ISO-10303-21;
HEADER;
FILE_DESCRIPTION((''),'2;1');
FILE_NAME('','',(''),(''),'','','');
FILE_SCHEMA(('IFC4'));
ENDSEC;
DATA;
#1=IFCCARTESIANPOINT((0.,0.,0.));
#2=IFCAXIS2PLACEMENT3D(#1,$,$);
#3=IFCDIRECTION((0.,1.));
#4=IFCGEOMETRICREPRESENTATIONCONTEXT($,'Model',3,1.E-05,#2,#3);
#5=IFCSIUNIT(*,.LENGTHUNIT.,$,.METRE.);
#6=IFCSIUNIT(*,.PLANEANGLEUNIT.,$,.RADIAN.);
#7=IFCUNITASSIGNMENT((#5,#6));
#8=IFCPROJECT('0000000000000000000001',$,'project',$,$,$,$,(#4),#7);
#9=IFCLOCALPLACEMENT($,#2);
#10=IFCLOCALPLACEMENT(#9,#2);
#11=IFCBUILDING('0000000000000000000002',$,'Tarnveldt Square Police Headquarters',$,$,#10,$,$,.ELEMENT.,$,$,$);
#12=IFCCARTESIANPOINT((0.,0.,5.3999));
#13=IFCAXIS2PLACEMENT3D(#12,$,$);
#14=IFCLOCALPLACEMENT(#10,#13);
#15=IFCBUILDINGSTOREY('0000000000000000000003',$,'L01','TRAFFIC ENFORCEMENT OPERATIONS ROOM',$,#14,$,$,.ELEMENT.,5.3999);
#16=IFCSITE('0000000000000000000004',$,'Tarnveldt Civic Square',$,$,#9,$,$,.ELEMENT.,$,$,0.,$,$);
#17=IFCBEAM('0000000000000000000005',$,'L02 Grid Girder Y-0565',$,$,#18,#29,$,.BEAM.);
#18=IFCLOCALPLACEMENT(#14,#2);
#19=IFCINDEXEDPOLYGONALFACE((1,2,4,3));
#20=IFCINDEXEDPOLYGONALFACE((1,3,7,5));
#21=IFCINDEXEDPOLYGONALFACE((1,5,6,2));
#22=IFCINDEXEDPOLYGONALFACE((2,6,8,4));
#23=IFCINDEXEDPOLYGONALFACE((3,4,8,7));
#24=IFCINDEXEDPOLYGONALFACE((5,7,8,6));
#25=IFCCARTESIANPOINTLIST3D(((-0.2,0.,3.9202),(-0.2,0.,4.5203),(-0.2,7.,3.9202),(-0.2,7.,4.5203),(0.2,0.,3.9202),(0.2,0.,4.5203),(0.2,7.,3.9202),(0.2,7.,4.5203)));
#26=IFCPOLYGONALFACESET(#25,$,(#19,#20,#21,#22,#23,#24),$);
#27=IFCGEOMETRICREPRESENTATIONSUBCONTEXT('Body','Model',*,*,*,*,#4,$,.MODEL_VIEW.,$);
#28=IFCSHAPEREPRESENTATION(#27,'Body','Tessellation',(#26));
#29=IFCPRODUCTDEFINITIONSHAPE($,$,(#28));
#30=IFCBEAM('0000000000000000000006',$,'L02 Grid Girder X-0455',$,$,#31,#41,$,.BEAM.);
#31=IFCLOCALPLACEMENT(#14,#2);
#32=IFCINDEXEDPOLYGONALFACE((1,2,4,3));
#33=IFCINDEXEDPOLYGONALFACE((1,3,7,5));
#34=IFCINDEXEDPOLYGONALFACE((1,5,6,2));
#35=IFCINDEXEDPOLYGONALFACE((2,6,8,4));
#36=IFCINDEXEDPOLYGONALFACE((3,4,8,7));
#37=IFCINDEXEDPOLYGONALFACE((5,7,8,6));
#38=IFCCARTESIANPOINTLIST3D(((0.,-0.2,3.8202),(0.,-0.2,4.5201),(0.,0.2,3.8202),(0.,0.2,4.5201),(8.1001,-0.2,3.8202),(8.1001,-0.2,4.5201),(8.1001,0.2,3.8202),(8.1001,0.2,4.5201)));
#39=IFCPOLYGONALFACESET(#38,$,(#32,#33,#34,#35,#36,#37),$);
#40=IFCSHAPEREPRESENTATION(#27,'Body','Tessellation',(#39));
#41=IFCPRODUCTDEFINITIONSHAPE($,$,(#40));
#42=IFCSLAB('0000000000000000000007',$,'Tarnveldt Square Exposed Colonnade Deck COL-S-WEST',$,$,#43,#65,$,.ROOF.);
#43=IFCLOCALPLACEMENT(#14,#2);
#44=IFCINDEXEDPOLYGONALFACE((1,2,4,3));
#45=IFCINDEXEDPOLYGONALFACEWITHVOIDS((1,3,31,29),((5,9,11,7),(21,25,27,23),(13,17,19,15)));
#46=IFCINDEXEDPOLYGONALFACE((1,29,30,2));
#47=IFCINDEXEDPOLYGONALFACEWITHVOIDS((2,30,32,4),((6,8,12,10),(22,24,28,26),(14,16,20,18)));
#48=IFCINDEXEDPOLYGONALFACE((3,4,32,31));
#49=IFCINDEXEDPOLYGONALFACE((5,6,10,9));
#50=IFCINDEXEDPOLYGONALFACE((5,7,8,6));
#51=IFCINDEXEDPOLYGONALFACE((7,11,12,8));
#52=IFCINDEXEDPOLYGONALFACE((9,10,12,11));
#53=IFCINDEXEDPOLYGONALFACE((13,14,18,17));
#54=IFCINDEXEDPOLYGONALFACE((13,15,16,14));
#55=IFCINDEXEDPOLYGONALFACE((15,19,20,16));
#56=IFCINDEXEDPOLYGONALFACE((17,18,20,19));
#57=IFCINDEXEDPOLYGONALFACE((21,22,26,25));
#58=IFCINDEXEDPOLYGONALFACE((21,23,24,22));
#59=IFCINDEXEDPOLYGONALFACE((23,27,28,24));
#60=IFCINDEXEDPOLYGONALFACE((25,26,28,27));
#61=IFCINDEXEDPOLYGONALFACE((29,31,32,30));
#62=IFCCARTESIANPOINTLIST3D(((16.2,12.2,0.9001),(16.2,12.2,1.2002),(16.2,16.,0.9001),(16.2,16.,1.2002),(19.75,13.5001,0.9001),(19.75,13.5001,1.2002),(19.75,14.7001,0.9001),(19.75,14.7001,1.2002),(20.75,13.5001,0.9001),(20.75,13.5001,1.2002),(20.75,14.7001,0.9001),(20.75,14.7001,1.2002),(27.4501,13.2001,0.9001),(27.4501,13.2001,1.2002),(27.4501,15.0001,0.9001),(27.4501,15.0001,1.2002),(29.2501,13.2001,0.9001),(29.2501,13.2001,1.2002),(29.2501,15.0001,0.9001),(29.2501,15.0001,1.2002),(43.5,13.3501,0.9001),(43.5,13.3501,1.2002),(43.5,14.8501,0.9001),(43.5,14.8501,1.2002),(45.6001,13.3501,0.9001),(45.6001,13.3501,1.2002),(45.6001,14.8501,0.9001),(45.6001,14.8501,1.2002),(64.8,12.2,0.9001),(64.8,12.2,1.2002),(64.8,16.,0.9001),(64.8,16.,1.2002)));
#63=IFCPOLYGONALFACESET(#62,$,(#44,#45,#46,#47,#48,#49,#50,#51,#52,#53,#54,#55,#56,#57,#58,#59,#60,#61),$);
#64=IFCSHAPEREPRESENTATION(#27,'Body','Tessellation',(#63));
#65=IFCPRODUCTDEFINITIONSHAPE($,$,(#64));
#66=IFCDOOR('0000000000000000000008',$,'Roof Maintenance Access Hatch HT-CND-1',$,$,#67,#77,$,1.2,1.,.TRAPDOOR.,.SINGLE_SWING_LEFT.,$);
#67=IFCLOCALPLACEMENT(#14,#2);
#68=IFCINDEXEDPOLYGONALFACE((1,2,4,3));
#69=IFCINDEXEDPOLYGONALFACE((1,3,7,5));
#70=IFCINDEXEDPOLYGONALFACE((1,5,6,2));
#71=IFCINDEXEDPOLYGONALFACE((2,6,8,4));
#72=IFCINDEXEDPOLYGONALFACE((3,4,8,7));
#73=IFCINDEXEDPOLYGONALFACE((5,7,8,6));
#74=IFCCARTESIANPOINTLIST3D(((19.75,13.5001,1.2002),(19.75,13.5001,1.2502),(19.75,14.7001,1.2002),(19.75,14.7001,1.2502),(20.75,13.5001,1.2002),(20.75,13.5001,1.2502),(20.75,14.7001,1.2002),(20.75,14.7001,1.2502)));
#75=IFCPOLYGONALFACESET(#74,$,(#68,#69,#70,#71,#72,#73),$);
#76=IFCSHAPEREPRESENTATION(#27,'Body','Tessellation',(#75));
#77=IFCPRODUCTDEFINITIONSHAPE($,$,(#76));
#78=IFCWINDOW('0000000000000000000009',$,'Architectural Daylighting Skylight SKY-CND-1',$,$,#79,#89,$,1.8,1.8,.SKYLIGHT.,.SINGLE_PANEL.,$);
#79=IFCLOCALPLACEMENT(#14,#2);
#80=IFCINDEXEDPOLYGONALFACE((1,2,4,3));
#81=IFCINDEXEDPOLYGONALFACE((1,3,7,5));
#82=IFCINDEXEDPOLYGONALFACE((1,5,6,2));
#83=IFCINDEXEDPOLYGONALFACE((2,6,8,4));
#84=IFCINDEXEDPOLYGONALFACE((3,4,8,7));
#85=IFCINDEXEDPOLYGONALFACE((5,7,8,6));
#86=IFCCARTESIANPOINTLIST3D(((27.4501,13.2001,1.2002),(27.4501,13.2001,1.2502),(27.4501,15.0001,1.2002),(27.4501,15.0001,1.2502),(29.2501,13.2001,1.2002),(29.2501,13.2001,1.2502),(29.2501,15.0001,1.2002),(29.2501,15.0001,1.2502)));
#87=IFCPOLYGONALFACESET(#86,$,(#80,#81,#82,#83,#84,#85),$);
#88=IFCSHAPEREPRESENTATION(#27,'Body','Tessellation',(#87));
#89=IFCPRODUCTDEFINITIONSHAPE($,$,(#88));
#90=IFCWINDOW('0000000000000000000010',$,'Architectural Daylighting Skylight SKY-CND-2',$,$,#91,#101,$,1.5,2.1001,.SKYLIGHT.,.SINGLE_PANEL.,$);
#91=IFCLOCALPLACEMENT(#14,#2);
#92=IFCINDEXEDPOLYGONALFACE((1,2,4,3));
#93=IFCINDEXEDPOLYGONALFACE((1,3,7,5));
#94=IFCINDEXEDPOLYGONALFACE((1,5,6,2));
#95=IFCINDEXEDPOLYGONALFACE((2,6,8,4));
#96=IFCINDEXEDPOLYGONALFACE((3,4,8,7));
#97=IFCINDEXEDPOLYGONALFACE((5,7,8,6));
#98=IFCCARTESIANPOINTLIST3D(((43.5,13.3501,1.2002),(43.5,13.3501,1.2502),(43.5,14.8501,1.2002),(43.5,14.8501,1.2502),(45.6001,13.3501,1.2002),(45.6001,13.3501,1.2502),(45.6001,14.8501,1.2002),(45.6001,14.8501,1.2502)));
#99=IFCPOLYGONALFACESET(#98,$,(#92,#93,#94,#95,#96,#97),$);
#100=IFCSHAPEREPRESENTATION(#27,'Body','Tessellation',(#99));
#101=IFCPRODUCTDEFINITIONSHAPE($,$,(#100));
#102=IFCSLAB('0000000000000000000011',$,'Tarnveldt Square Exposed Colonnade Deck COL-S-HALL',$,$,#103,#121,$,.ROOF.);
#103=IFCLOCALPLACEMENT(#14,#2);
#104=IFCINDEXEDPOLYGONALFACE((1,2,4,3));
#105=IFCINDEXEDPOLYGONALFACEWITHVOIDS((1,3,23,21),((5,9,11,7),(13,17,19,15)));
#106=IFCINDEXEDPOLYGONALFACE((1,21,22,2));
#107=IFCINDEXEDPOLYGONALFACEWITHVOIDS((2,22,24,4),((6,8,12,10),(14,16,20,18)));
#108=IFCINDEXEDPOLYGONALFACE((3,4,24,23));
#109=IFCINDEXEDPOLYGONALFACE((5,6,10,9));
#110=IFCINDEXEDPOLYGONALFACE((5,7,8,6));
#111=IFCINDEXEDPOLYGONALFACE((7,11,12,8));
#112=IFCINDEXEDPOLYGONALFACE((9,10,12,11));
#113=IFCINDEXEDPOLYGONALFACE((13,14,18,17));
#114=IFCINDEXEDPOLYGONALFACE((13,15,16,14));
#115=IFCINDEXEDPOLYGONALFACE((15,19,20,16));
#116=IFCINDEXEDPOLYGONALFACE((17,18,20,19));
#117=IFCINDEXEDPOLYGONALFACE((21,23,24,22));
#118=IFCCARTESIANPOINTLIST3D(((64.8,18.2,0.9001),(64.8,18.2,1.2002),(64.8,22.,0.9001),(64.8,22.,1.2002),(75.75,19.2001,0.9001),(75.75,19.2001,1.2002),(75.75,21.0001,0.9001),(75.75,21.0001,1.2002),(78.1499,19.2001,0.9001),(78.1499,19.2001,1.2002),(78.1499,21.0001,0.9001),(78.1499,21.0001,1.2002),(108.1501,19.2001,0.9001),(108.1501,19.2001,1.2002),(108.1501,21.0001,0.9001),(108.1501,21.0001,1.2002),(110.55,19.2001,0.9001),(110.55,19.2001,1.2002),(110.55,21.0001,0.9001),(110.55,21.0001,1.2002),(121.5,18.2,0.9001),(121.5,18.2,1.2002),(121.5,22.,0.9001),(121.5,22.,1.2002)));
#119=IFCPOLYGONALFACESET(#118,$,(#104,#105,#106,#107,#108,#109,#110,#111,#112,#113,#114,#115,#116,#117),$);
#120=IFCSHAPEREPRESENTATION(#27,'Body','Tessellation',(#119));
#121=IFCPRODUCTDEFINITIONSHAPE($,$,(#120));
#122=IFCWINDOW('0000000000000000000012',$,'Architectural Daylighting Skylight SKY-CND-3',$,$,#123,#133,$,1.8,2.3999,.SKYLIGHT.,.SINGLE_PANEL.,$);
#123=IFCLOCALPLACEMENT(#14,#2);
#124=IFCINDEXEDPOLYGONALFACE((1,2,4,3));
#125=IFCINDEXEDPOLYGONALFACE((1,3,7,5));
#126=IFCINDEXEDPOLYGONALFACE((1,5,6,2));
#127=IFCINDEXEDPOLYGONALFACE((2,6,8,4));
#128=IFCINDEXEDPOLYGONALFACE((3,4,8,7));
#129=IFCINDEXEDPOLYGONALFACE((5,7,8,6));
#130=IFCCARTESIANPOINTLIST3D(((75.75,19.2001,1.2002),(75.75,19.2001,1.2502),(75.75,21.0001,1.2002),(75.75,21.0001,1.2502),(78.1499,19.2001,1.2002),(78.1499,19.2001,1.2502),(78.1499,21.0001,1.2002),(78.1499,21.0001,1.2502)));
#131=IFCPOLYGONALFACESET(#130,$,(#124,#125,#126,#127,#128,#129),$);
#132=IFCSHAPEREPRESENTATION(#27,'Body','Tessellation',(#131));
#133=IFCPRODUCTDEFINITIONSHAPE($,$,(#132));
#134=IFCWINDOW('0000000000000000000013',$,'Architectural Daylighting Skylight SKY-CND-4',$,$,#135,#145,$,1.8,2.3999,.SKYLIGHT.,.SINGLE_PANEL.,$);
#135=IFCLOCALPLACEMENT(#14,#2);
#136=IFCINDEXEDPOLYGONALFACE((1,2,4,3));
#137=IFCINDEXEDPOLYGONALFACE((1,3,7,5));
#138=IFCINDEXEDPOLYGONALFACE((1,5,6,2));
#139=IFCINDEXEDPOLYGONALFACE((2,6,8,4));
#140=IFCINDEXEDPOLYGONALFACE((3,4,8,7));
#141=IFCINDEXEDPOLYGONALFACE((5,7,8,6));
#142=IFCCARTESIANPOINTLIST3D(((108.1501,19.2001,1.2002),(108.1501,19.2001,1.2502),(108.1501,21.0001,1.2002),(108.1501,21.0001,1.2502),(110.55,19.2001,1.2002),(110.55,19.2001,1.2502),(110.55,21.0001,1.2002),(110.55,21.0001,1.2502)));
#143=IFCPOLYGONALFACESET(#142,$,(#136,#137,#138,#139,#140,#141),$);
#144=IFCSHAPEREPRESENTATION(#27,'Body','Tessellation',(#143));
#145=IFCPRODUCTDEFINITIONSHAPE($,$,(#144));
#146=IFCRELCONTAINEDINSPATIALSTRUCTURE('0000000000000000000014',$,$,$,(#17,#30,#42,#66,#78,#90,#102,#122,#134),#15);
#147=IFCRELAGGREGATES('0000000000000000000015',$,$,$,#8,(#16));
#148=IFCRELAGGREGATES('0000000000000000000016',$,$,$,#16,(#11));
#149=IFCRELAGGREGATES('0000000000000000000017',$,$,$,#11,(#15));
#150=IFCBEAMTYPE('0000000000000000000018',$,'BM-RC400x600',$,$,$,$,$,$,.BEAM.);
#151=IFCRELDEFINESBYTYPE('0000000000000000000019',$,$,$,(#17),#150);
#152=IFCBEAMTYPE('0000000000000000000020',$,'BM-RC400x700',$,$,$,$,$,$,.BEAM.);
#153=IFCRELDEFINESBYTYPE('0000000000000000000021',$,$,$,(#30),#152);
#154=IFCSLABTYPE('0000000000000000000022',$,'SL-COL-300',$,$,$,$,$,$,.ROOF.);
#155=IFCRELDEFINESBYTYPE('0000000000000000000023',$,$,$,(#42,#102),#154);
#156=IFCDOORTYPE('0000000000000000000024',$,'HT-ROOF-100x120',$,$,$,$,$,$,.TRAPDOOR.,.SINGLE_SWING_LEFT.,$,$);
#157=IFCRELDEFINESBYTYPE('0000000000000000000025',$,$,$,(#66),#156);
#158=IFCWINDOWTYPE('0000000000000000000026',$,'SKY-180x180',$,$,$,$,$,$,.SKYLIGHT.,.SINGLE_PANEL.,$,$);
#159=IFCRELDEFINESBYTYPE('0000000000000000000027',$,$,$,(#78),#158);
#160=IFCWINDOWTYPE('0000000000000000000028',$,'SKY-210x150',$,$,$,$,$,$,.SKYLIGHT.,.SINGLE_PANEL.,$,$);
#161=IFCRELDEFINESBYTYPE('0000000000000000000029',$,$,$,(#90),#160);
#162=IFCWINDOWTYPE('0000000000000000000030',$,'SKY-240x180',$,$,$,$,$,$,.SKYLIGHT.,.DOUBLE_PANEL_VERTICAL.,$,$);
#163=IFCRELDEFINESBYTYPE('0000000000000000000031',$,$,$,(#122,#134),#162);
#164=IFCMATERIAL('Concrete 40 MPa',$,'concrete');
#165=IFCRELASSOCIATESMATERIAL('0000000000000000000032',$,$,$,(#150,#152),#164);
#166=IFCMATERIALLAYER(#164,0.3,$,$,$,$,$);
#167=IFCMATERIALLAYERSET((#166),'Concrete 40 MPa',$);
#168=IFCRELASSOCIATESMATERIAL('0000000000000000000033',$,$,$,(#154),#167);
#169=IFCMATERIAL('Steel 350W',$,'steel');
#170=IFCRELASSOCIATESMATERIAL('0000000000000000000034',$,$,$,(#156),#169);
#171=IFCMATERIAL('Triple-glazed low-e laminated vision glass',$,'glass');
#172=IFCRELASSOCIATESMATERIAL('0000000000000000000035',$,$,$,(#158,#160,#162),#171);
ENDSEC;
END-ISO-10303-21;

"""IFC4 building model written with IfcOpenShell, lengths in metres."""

from ifc_helpers import new_model, si_unit, direction, frame, origin, origin_2d, place, context, subcontext, project, spatial, polyline, rectangle, outline, extrude, material, layer, layer_set, material_profile, profile_set, type_object, element, fill, save


model = new_model("IFC4")

# Units and contexts
model_context = context("Model", 3, precision=1e-05, world=origin(), true_north=direction((0.0, 1.0)))
body_context = subcontext(model_context, "Body", "Model", "MODEL_VIEW")
ifc_project = project(units=[si_unit("LENGTHUNIT", "METRE"), si_unit("PLANEANGLEUNIT", "RADIAN")], contexts=[model_context])

# Site, building, storey
site_placement = place(None, origin())
site = spatial("IfcSite", under=ifc_project, at=site_placement, Name="Tarnveldt Civic Square", CompositionType="ELEMENT", RefElevation=0.0)
building_placement = place(site_placement, origin())
building = spatial("IfcBuilding", under=site, at=building_placement, Name="Tarnveldt Square Police Headquarters", CompositionType="ELEMENT")
storey_placement = place(building_placement, frame((0.0, 0.0, 5.3999)))
storey = spatial("IfcBuildingStorey", under=building, at=storey_placement, Name="L01", Description="TRAFFIC ENFORCEMENT OPERATIONS ROOM", CompositionType="ELEMENT", Elevation=5.3999)

# Beams
ifc_material_1 = material(Name="Concrete 40 MPa", Category="concrete")
ifc_material_profile_1 = material_profile(ifc_material_1, rectangle(XDim=0.3999, YDim=0.6001, at=origin_2d()), Name="RC-B400x600")
ifc_profile_set_1 = profile_set([ifc_material_profile_1], Name="Concrete 40 MPa")
beam_type_1 = type_object("IfcBeamType", Name="BM-RC400x600", PredefinedType="BEAM", material=ifc_profile_set_1)
beam_1_placement = place(storey_placement, frame((0.0, 0.0, 4.2202), z_axis=(0.0, 1.0, 0.0), x_axis=(-1.0, 0.0, 0.0)))
element("IfcBeam", 1, at=beam_1_placement, inside=storey, type_object=beam_type_1, Name="L02 Grid Girder Y-0565", PredefinedType="BEAM", context=body_context, shape_type="SweptSolid", body=[
    extrude(rectangle(XDim=0.3999, YDim=0.6001, at=origin_2d()), origin(), (0.0, 0.0, 1.0), 7.0),
])
ifc_material_profile_2 = material_profile(ifc_material_1, rectangle(XDim=0.3999, YDim=0.7, at=origin_2d()), Name="RC-B400x700")
ifc_profile_set_2 = profile_set([ifc_material_profile_2], Name="Concrete 40 MPa")
beam_type_2 = type_object("IfcBeamType", Name="BM-RC400x700", PredefinedType="BEAM", material=ifc_profile_set_2)
beam_2_placement = place(storey_placement, frame((0.0, 0.0, 4.1702), z_axis=(1.0, 0.0, 0.0), x_axis=(0.0, 1.0, 0.0)))
element("IfcBeam", 2, at=beam_2_placement, inside=storey, type_object=beam_type_2, Name="L02 Grid Girder X-0455", PredefinedType="BEAM", context=body_context, shape_type="SweptSolid", body=[
    extrude(rectangle(XDim=0.3999, YDim=0.7, at=origin_2d()), origin(), (0.0, 0.0, 1.0), 8.1001),
])

# Slab, openings, door, windows
ifc_layer_1 = layer(ifc_material_1, 0.3)
ifc_layer_set_1 = layer_set([ifc_layer_1], Name="Concrete 40 MPa")
slab_type_1 = type_object("IfcSlabType", Name="SL-COL-300", PredefinedType="ROOF", material=ifc_layer_set_1)
slab_1_placement = place(storey_placement, frame((0.0, 0.0, 0.9001)))
slab_1 = element("IfcSlab", 3, at=slab_1_placement, inside=storey, type_object=slab_type_1, Name="Tarnveldt Square Exposed Colonnade Deck COL-S-WEST", PredefinedType="ROOF", context=body_context, shape_type="SweptSolid", body=[
    extrude(outline(polyline([(16.2, 12.2), (16.2, 16.0), (64.8, 16.0), (64.8, 12.2), (16.2, 12.2)])), origin(), (0.0, 0.0, 1.0), 0.3),
])
opening_1_placement = place(slab_1_placement, frame((28.3501, 14.1001, 0.0)))
opening_1 = element("IfcOpeningElement", 4, at=opening_1_placement, cuts=slab_1, PredefinedType="OPENING", context=body_context, shape_type="SweptSolid", body=[
    extrude(rectangle(XDim=1.8, YDim=1.8, at=origin_2d()), frame((0.0, 0.0, -0.01)), (0.0, 0.0, 1.0), 0.3801),
])
opening_2_placement = place(slab_1_placement, frame((44.55, 14.1001, 0.0)))
opening_2 = element("IfcOpeningElement", 5, at=opening_2_placement, cuts=slab_1, PredefinedType="OPENING", context=body_context, shape_type="SweptSolid", body=[
    extrude(rectangle(XDim=2.1001, YDim=1.5, at=origin_2d()), frame((0.0, 0.0, -0.01)), (0.0, 0.0, 1.0), 0.3801),
])
opening_3_placement = place(slab_1_placement, frame((20.25, 14.1001, 0.0)))
opening_3 = element("IfcOpeningElement", 6, at=opening_3_placement, cuts=slab_1, PredefinedType="OPENING", context=body_context, shape_type="SweptSolid", body=[
    extrude(rectangle(XDim=1.0, YDim=1.2, at=origin_2d()), frame((0.0, 0.0, -0.01)), (0.0, 0.0, 1.0), 0.3801),
])
ifc_material_2 = material(Name="Steel 350W", Category="steel")
door_type = type_object("IfcDoorType", Name="HT-ROOF-100x120", OperationType="SINGLE_SWING_LEFT", PredefinedType="TRAPDOOR", material=ifc_material_2)
door_1_placement = place(opening_3_placement, frame((0.0, 0.0, 0.3)))
door_1 = element("IfcDoor", 7, at=door_1_placement, inside=storey, type_object=door_type, Name="Roof Maintenance Access Hatch HT-CND-1", OperationType="SINGLE_SWING_LEFT", OverallHeight=1.2, OverallWidth=1.0, PredefinedType="TRAPDOOR", context=body_context, shape_type="SweptSolid", body=[
    extrude(rectangle(XDim=1.0, YDim=1.2, at=origin_2d()), origin(), (0.0, 0.0, 1.0), 0.05),
])
fill(opening_3, door_1)
ifc_material_3 = material(Name="Triple-glazed low-e laminated vision glass", Category="glass")
window_type_1 = type_object("IfcWindowType", Name="SKY-180x180", PartitioningType="SINGLE_PANEL", PredefinedType="SKYLIGHT", material=ifc_material_3)
window_1_placement = place(opening_1_placement, frame((0.0, 0.0, 0.3)))
window_1 = element("IfcWindow", 8, at=window_1_placement, inside=storey, type_object=window_type_1, Name="Architectural Daylighting Skylight SKY-CND-1", OverallHeight=1.8, OverallWidth=1.8, PartitioningType="SINGLE_PANEL", PredefinedType="SKYLIGHT", context=body_context, shape_type="SweptSolid", body=[
    extrude(rectangle(XDim=1.8, YDim=1.8, at=origin_2d()), origin(), (0.0, 0.0, 1.0), 0.05),
])
fill(opening_1, window_1)
window_type_2 = type_object("IfcWindowType", Name="SKY-210x150", PartitioningType="SINGLE_PANEL", PredefinedType="SKYLIGHT", material=ifc_material_3)
window_2_placement = place(opening_2_placement, frame((0.0, 0.0, 0.3)))
window_2 = element("IfcWindow", 9, at=window_2_placement, inside=storey, type_object=window_type_2, Name="Architectural Daylighting Skylight SKY-CND-2", OverallHeight=1.5, OverallWidth=2.1001, PartitioningType="SINGLE_PANEL", PredefinedType="SKYLIGHT", context=body_context, shape_type="SweptSolid", body=[
    extrude(rectangle(XDim=2.1001, YDim=1.5, at=origin_2d()), origin(), (0.0, 0.0, 1.0), 0.05),
])
fill(opening_2, window_2)

# Slab, openings, windows
slab_2_placement = place(storey_placement, frame((0.0, 0.0, 0.9001)))
slab_2 = element("IfcSlab", 10, at=slab_2_placement, inside=storey, type_object=slab_type_1, Name="Tarnveldt Square Exposed Colonnade Deck COL-S-HALL", PredefinedType="ROOF", context=body_context, shape_type="SweptSolid", body=[
    extrude(outline(polyline([(64.8, 18.2), (64.8, 22.0), (121.5, 22.0), (121.5, 18.2), (64.8, 18.2)])), origin(), (0.0, 0.0, 1.0), 0.3),
])
opening_4_placement = place(slab_2_placement, frame((76.95, 20.1001, 0.0)))
opening_4 = element("IfcOpeningElement", 11, at=opening_4_placement, cuts=slab_2, PredefinedType="OPENING", context=body_context, shape_type="SweptSolid", body=[
    extrude(rectangle(XDim=2.3999, YDim=1.8, at=origin_2d()), frame((0.0, 0.0, -0.01)), (0.0, 0.0, 1.0), 0.3801),
])
opening_5_placement = place(slab_2_placement, frame((109.3501, 20.1001, 0.0)))
opening_5 = element("IfcOpeningElement", 12, at=opening_5_placement, cuts=slab_2, PredefinedType="OPENING", context=body_context, shape_type="SweptSolid", body=[
    extrude(rectangle(XDim=2.3999, YDim=1.8, at=origin_2d()), frame((0.0, 0.0, -0.01)), (0.0, 0.0, 1.0), 0.3801),
])
window_type_3 = type_object("IfcWindowType", Name="SKY-240x180", PartitioningType="DOUBLE_PANEL_VERTICAL", PredefinedType="SKYLIGHT", material=ifc_material_3)
window_3_placement = place(opening_4_placement, frame((0.0, 0.0, 0.3)))
window_3 = element("IfcWindow", 13, at=window_3_placement, inside=storey, type_object=window_type_3, Name="Architectural Daylighting Skylight SKY-CND-3", OverallHeight=1.8, OverallWidth=2.3999, PartitioningType="SINGLE_PANEL", PredefinedType="SKYLIGHT", context=body_context, shape_type="SweptSolid", body=[
    extrude(rectangle(XDim=2.3999, YDim=1.8, at=origin_2d()), origin(), (0.0, 0.0, 1.0), 0.05),
])
fill(opening_4, window_3)
window_4_placement = place(opening_5_placement, frame((0.0, 0.0, 0.3)))
window_4 = element("IfcWindow", 14, at=window_4_placement, inside=storey, type_object=window_type_3, Name="Architectural Daylighting Skylight SKY-CND-4", OverallHeight=1.8, OverallWidth=2.3999, PartitioningType="SINGLE_PANEL", PredefinedType="SKYLIGHT", context=body_context, shape_type="SweptSolid", body=[
    extrude(rectangle(XDim=2.3999, YDim=1.8, at=origin_2d()), origin(), (0.0, 0.0, 1.0), 0.05),
])
fill(opening_5, window_4)

save(model, "model.ifc")
